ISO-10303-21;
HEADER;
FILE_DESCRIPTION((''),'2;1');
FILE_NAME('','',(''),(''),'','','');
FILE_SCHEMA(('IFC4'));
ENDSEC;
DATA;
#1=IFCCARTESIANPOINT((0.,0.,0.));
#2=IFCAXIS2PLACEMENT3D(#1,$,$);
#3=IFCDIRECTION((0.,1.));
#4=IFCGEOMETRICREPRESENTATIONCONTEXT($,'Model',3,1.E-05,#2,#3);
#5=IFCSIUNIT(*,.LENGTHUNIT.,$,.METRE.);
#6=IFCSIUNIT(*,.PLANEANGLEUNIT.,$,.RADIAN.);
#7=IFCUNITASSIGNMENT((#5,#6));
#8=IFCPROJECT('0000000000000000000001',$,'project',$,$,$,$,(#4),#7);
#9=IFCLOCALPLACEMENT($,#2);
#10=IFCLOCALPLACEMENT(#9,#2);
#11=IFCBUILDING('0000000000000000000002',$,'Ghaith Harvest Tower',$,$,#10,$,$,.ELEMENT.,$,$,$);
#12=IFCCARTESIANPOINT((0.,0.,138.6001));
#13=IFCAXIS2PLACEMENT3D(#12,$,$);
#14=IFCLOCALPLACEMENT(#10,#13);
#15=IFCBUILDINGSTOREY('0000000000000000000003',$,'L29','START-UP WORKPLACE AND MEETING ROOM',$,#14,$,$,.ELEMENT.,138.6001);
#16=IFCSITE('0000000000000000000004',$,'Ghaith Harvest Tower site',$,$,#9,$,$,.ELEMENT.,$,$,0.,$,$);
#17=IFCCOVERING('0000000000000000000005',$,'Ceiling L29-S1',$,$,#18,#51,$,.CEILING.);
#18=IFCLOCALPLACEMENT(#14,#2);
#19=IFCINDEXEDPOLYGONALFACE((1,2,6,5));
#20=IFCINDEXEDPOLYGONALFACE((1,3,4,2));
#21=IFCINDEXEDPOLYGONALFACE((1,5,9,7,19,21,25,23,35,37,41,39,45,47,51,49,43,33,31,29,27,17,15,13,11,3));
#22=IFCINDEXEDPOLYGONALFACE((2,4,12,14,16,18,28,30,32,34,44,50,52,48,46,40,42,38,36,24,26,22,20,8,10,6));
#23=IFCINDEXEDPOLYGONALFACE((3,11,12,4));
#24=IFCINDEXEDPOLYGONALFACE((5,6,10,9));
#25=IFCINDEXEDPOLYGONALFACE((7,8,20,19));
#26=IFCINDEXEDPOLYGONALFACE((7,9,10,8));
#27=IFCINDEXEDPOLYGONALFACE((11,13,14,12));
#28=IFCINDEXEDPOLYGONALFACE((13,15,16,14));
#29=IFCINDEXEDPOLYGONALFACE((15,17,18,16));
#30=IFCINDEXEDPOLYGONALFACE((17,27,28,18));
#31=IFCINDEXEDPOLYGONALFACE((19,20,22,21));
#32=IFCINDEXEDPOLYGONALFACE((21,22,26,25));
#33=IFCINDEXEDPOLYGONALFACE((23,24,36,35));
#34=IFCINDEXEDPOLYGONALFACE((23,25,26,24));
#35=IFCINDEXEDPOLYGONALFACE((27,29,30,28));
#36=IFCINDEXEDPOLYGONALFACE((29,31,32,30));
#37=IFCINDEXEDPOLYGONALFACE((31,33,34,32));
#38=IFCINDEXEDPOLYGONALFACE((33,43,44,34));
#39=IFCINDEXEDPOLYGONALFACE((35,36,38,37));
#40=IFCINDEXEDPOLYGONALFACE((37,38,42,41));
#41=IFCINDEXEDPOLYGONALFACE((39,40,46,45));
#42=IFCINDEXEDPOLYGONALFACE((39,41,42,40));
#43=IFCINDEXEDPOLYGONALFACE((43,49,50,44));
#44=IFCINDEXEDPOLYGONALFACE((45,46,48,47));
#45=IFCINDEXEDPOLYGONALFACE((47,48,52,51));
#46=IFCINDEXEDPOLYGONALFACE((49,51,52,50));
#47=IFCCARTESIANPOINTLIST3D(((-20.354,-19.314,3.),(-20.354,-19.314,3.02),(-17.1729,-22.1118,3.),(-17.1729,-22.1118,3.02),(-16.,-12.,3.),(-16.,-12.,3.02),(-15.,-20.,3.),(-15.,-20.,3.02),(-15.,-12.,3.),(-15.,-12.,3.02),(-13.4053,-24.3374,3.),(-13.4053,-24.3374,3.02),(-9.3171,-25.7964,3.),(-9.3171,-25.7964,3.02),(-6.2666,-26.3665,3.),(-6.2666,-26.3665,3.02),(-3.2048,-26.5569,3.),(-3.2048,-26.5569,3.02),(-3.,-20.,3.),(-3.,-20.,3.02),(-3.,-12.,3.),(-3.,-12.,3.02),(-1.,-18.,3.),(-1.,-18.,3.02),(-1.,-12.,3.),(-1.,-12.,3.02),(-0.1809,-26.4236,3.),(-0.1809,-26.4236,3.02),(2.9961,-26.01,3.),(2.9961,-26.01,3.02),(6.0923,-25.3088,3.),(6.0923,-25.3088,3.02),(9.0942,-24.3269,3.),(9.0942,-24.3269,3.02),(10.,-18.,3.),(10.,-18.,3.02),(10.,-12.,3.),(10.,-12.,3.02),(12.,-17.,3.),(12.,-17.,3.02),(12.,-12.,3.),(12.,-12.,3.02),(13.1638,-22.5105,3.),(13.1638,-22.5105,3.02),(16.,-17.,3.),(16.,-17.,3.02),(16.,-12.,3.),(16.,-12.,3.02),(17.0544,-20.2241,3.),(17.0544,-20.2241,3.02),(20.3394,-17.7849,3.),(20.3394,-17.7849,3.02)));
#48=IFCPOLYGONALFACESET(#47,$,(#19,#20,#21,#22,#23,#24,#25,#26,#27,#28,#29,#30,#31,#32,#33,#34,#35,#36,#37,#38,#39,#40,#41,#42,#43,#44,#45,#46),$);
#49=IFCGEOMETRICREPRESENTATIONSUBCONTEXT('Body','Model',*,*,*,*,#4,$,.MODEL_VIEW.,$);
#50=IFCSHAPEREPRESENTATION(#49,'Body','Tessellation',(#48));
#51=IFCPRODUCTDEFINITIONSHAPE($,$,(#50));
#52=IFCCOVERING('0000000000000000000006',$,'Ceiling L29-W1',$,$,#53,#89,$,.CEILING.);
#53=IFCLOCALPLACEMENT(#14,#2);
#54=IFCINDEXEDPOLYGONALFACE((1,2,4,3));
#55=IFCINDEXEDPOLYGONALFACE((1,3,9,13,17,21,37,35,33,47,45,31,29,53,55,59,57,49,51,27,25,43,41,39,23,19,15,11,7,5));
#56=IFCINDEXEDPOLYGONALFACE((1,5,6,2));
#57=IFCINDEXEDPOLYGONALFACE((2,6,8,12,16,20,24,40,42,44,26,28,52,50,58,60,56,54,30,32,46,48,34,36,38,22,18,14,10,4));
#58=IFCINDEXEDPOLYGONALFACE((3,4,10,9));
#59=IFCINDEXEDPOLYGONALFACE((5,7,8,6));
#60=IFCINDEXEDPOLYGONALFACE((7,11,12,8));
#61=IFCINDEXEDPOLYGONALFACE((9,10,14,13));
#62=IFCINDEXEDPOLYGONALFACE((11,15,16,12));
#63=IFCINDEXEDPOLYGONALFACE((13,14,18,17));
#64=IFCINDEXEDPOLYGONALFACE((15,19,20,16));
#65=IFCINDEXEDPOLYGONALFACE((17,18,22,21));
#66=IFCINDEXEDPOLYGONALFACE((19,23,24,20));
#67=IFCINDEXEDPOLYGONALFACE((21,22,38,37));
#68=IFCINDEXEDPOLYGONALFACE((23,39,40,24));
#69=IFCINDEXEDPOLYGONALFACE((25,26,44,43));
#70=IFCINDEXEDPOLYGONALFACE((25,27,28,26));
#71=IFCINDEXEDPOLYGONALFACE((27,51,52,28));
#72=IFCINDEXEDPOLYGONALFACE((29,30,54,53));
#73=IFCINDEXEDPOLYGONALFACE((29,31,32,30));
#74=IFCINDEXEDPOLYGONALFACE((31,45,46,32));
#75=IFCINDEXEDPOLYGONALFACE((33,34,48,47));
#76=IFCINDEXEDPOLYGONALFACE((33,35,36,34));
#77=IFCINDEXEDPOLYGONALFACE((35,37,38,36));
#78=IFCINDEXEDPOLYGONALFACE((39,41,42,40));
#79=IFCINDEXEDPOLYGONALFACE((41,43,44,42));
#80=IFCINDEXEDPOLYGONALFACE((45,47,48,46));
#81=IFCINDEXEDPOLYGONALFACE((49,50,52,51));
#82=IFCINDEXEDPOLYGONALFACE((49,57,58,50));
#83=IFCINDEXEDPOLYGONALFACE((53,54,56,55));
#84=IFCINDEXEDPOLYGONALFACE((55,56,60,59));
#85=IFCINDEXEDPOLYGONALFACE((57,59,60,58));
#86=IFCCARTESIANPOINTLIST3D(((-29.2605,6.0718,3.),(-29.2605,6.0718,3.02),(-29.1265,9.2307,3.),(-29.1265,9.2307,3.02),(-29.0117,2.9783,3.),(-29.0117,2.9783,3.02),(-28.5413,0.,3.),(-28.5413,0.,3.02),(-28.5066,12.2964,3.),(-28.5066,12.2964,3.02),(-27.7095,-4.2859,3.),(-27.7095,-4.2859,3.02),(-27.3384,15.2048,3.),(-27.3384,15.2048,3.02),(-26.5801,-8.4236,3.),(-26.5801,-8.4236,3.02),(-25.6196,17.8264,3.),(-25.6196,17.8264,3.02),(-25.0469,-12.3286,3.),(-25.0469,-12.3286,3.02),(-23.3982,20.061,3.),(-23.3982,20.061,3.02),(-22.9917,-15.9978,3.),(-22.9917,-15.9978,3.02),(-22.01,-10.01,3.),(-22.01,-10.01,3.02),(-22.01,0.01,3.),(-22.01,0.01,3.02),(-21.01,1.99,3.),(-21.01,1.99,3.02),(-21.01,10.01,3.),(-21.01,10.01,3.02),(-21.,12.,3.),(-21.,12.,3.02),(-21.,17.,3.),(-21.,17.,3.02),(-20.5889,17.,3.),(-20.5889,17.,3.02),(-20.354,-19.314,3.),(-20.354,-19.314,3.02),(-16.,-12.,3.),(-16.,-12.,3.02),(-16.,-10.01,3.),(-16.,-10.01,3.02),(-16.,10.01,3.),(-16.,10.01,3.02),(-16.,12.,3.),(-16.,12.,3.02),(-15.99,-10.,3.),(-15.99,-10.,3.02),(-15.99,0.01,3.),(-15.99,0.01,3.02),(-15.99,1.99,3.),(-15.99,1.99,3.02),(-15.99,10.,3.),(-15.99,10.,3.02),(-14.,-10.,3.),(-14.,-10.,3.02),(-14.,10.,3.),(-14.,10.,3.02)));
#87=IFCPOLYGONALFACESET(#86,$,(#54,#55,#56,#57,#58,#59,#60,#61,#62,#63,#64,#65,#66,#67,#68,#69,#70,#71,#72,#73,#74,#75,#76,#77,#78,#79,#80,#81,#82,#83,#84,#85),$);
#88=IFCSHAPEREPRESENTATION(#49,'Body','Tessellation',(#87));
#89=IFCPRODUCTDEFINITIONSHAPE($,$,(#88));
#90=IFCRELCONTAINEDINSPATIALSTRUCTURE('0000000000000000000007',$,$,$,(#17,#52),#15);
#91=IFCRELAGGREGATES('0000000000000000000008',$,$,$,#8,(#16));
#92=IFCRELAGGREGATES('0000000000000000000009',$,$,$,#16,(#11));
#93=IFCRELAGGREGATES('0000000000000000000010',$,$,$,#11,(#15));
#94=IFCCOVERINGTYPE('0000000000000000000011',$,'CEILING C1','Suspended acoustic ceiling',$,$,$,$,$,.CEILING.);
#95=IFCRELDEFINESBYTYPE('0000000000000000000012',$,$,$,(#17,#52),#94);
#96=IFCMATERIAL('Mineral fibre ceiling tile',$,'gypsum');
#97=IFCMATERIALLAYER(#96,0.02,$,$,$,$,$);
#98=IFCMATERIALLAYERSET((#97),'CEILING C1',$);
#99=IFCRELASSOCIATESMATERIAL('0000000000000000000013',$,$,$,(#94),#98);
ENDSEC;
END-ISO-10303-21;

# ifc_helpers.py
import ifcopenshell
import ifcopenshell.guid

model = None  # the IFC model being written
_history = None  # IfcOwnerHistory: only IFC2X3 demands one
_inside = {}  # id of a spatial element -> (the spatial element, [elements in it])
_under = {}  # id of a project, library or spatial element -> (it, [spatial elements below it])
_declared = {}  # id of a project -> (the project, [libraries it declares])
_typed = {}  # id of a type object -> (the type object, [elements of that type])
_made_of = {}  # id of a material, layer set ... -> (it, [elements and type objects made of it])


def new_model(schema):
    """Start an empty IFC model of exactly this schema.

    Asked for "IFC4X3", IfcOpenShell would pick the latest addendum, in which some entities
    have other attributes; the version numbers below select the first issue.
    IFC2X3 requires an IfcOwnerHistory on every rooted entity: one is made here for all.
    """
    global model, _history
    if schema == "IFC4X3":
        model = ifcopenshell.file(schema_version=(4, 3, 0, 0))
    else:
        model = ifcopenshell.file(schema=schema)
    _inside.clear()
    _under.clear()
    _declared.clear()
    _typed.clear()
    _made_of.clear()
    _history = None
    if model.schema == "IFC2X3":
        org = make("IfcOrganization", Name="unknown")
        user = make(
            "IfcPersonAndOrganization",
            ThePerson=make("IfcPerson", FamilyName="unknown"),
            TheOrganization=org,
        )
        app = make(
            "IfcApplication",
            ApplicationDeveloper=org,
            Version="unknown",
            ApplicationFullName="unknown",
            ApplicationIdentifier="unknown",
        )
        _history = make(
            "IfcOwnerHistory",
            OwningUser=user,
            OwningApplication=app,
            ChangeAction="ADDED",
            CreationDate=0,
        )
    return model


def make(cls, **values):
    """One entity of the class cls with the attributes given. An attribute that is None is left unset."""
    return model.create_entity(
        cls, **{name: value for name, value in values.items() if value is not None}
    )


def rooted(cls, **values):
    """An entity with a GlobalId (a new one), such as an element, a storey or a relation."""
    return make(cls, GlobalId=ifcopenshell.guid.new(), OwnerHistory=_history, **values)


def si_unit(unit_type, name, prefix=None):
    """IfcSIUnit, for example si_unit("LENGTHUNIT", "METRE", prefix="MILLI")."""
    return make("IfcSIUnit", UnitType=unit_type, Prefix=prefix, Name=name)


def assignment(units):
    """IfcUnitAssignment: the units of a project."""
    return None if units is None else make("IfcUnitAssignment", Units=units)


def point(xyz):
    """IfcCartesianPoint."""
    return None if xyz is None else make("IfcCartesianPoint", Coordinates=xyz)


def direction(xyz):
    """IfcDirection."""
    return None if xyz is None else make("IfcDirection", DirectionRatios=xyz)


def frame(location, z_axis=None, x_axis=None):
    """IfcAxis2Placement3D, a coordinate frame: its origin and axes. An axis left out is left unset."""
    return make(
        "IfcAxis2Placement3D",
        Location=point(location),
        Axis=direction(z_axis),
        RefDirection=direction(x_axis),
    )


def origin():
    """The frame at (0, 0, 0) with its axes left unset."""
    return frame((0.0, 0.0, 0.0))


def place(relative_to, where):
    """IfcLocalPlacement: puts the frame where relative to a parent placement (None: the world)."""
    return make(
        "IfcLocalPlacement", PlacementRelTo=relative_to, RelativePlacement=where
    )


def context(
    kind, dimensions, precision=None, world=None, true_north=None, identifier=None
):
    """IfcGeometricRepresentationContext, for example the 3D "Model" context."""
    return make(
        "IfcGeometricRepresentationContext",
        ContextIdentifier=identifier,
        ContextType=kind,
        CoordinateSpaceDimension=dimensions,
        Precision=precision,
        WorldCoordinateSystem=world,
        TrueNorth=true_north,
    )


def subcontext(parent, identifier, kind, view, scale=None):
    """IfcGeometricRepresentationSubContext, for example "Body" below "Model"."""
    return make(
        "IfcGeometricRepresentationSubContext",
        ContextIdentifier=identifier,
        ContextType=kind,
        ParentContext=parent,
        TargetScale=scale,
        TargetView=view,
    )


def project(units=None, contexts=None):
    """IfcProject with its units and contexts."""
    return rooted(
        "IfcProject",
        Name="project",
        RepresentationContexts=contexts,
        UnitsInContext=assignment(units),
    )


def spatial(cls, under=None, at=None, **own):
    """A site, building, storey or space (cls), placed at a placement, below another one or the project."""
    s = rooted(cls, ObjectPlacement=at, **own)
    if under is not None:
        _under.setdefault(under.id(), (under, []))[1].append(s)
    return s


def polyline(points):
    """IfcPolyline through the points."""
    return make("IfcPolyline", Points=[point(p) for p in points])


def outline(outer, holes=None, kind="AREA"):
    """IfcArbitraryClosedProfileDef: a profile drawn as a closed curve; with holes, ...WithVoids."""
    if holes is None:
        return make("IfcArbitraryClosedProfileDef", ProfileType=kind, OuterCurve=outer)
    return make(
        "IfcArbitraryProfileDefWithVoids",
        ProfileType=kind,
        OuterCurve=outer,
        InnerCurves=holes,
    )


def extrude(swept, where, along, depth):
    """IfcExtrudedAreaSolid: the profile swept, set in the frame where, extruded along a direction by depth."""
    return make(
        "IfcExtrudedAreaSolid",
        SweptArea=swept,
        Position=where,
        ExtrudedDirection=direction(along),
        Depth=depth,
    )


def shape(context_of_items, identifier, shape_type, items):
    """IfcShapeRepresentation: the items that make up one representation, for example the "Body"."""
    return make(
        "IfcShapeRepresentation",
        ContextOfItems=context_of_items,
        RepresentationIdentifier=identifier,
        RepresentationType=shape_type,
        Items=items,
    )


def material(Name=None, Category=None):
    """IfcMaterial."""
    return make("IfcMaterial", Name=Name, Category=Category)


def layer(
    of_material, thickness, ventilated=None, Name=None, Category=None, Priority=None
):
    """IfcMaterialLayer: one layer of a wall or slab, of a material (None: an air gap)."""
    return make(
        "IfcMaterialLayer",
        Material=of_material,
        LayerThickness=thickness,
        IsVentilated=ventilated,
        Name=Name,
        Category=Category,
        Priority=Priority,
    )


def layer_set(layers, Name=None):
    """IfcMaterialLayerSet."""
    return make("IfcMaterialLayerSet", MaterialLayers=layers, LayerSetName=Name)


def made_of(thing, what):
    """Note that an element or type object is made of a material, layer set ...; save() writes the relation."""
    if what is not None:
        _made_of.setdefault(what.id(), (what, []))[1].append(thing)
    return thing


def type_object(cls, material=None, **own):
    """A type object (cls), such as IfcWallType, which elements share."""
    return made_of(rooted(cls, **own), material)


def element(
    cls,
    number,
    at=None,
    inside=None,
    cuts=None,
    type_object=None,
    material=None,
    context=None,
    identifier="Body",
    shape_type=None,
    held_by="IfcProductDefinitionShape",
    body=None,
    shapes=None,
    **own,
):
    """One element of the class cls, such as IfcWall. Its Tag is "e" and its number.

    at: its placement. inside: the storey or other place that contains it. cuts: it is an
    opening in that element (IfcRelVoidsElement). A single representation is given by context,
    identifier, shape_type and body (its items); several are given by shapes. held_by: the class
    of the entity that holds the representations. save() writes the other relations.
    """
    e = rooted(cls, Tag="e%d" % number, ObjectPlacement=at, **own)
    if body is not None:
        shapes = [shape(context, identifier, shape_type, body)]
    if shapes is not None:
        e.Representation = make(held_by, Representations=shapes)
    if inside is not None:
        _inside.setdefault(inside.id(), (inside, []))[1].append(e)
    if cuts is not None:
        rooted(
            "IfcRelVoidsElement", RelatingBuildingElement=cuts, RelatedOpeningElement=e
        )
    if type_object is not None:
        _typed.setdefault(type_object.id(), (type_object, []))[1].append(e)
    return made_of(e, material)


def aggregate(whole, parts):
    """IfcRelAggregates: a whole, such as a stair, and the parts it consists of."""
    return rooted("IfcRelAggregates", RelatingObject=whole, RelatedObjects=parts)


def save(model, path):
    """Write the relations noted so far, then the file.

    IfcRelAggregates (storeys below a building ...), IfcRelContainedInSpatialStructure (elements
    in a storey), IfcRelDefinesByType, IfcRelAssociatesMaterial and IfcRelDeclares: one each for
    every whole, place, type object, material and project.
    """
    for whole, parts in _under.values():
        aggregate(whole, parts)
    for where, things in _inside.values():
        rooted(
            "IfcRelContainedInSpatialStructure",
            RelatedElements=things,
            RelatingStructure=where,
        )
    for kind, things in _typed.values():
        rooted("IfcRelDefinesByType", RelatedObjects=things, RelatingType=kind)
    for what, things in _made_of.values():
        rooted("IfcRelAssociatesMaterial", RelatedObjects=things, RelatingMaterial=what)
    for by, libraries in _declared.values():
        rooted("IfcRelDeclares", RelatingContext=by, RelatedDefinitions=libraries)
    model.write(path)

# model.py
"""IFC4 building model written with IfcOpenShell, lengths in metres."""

from ifc_helpers import new_model, si_unit, direction, frame, origin, place, context, subcontext, project, spatial, polyline, outline, extrude, material, layer, layer_set, type_object, element, save


model = new_model("IFC4")

# Units and contexts
model_context = context("Model", 3, precision=1e-05, world=origin(), true_north=direction((0.0, 1.0)))
body_context = subcontext(model_context, "Body", "Model", "MODEL_VIEW")
ifc_project = project(units=[si_unit("LENGTHUNIT", "METRE"), si_unit("PLANEANGLEUNIT", "RADIAN")], contexts=[model_context])

# Site, building, storey
site_placement = place(None, origin())
site = spatial("IfcSite", under=ifc_project, at=site_placement, Name="Ghaith Harvest Tower site", CompositionType="ELEMENT", RefElevation=0.0)
building_placement = place(site_placement, origin())
building = spatial("IfcBuilding", under=site, at=building_placement, Name="Ghaith Harvest Tower", CompositionType="ELEMENT")
storey_placement = place(building_placement, frame((0.0, 0.0, 138.6001)))
storey = spatial("IfcBuildingStorey", under=building, at=storey_placement, Name="L29", Description="START-UP WORKPLACE AND MEETING ROOM", CompositionType="ELEMENT", Elevation=138.6001)

# Coverings
ifc_material_1 = material(Name="Mineral fibre ceiling tile", Category="gypsum")
ifc_layer_1 = layer(ifc_material_1, 0.02)
ifc_layer_set_1 = layer_set([ifc_layer_1], Name="CEILING C1")
covering_type = type_object("IfcCoveringType", Name="CEILING C1", Description="Suspended acoustic ceiling", PredefinedType="CEILING", material=ifc_layer_set_1)
covering_1_placement = place(storey_placement, frame((0.0, 0.0, 3.0)))
element("IfcCovering", 1, at=covering_1_placement, inside=storey, type_object=covering_type, Name="Ceiling L29-S1", PredefinedType="CEILING", context=body_context, shape_type="SweptSolid", body=[
    extrude(outline(polyline([(17.0544, -20.2241), (13.1638, -22.5105), (9.0942, -24.3269), (6.0923, -25.3088), (2.9961, -26.01), (-0.1809, -26.4236), (-3.2048, -26.5569), (-6.2666, -26.3665), (-9.3171, -25.7964), (-13.4053, -24.3374), (-17.1729, -22.1118), (-20.354, -19.314), (-16.0, -12.0), (-15.0, -12.0), (-15.0, -20.0), (-3.0, -20.0), (-3.0, -12.0), (-1.0, -12.0), (-1.0, -18.0), (10.0, -18.0), (10.0, -12.0), (12.0, -12.0), (12.0, -17.0), (16.0, -17.0), (16.0, -12.0), (20.3394, -17.7849), (17.0544, -20.2241)])), origin(), (0.0, 0.0, 1.0), 0.02),
])
covering_2_placement = place(storey_placement, frame((0.0, 0.0, 3.0)))
element("IfcCovering", 2, at=covering_2_placement, inside=storey, type_object=covering_type, Name="Ceiling L29-W1", PredefinedType="CEILING", context=body_context, shape_type="SweptSolid", body=[
    extrude(outline(polyline([(-29.1265, 9.2307), (-28.5066, 12.2964), (-27.3384, 15.2048), (-25.6196, 17.8264), (-23.3982, 20.061), (-20.5889, 17.0), (-21.0, 17.0), (-21.0, 12.0), (-16.0, 12.0), (-16.0, 10.01), (-21.01, 10.01), (-21.01, 1.99), (-15.99, 1.99), (-15.99, 10.0), (-14.0, 10.0), (-14.0, -10.0), (-15.99, -10.0), (-15.99, 0.01), (-22.01, 0.01), (-22.01, -10.01), (-16.0, -10.01), (-16.0, -12.0), (-20.354, -19.314), (-22.9917, -15.9978), (-25.0469, -12.3286), (-26.5801, -8.4236), (-27.7095, -4.2859), (-28.5413, 0.0), (-29.0117, 2.9783), (-29.2605, 6.0718), (-29.1265, 9.2307)])), origin(), (0.0, 0.0, 1.0), 0.02),
])

save(model, "model.ifc")
